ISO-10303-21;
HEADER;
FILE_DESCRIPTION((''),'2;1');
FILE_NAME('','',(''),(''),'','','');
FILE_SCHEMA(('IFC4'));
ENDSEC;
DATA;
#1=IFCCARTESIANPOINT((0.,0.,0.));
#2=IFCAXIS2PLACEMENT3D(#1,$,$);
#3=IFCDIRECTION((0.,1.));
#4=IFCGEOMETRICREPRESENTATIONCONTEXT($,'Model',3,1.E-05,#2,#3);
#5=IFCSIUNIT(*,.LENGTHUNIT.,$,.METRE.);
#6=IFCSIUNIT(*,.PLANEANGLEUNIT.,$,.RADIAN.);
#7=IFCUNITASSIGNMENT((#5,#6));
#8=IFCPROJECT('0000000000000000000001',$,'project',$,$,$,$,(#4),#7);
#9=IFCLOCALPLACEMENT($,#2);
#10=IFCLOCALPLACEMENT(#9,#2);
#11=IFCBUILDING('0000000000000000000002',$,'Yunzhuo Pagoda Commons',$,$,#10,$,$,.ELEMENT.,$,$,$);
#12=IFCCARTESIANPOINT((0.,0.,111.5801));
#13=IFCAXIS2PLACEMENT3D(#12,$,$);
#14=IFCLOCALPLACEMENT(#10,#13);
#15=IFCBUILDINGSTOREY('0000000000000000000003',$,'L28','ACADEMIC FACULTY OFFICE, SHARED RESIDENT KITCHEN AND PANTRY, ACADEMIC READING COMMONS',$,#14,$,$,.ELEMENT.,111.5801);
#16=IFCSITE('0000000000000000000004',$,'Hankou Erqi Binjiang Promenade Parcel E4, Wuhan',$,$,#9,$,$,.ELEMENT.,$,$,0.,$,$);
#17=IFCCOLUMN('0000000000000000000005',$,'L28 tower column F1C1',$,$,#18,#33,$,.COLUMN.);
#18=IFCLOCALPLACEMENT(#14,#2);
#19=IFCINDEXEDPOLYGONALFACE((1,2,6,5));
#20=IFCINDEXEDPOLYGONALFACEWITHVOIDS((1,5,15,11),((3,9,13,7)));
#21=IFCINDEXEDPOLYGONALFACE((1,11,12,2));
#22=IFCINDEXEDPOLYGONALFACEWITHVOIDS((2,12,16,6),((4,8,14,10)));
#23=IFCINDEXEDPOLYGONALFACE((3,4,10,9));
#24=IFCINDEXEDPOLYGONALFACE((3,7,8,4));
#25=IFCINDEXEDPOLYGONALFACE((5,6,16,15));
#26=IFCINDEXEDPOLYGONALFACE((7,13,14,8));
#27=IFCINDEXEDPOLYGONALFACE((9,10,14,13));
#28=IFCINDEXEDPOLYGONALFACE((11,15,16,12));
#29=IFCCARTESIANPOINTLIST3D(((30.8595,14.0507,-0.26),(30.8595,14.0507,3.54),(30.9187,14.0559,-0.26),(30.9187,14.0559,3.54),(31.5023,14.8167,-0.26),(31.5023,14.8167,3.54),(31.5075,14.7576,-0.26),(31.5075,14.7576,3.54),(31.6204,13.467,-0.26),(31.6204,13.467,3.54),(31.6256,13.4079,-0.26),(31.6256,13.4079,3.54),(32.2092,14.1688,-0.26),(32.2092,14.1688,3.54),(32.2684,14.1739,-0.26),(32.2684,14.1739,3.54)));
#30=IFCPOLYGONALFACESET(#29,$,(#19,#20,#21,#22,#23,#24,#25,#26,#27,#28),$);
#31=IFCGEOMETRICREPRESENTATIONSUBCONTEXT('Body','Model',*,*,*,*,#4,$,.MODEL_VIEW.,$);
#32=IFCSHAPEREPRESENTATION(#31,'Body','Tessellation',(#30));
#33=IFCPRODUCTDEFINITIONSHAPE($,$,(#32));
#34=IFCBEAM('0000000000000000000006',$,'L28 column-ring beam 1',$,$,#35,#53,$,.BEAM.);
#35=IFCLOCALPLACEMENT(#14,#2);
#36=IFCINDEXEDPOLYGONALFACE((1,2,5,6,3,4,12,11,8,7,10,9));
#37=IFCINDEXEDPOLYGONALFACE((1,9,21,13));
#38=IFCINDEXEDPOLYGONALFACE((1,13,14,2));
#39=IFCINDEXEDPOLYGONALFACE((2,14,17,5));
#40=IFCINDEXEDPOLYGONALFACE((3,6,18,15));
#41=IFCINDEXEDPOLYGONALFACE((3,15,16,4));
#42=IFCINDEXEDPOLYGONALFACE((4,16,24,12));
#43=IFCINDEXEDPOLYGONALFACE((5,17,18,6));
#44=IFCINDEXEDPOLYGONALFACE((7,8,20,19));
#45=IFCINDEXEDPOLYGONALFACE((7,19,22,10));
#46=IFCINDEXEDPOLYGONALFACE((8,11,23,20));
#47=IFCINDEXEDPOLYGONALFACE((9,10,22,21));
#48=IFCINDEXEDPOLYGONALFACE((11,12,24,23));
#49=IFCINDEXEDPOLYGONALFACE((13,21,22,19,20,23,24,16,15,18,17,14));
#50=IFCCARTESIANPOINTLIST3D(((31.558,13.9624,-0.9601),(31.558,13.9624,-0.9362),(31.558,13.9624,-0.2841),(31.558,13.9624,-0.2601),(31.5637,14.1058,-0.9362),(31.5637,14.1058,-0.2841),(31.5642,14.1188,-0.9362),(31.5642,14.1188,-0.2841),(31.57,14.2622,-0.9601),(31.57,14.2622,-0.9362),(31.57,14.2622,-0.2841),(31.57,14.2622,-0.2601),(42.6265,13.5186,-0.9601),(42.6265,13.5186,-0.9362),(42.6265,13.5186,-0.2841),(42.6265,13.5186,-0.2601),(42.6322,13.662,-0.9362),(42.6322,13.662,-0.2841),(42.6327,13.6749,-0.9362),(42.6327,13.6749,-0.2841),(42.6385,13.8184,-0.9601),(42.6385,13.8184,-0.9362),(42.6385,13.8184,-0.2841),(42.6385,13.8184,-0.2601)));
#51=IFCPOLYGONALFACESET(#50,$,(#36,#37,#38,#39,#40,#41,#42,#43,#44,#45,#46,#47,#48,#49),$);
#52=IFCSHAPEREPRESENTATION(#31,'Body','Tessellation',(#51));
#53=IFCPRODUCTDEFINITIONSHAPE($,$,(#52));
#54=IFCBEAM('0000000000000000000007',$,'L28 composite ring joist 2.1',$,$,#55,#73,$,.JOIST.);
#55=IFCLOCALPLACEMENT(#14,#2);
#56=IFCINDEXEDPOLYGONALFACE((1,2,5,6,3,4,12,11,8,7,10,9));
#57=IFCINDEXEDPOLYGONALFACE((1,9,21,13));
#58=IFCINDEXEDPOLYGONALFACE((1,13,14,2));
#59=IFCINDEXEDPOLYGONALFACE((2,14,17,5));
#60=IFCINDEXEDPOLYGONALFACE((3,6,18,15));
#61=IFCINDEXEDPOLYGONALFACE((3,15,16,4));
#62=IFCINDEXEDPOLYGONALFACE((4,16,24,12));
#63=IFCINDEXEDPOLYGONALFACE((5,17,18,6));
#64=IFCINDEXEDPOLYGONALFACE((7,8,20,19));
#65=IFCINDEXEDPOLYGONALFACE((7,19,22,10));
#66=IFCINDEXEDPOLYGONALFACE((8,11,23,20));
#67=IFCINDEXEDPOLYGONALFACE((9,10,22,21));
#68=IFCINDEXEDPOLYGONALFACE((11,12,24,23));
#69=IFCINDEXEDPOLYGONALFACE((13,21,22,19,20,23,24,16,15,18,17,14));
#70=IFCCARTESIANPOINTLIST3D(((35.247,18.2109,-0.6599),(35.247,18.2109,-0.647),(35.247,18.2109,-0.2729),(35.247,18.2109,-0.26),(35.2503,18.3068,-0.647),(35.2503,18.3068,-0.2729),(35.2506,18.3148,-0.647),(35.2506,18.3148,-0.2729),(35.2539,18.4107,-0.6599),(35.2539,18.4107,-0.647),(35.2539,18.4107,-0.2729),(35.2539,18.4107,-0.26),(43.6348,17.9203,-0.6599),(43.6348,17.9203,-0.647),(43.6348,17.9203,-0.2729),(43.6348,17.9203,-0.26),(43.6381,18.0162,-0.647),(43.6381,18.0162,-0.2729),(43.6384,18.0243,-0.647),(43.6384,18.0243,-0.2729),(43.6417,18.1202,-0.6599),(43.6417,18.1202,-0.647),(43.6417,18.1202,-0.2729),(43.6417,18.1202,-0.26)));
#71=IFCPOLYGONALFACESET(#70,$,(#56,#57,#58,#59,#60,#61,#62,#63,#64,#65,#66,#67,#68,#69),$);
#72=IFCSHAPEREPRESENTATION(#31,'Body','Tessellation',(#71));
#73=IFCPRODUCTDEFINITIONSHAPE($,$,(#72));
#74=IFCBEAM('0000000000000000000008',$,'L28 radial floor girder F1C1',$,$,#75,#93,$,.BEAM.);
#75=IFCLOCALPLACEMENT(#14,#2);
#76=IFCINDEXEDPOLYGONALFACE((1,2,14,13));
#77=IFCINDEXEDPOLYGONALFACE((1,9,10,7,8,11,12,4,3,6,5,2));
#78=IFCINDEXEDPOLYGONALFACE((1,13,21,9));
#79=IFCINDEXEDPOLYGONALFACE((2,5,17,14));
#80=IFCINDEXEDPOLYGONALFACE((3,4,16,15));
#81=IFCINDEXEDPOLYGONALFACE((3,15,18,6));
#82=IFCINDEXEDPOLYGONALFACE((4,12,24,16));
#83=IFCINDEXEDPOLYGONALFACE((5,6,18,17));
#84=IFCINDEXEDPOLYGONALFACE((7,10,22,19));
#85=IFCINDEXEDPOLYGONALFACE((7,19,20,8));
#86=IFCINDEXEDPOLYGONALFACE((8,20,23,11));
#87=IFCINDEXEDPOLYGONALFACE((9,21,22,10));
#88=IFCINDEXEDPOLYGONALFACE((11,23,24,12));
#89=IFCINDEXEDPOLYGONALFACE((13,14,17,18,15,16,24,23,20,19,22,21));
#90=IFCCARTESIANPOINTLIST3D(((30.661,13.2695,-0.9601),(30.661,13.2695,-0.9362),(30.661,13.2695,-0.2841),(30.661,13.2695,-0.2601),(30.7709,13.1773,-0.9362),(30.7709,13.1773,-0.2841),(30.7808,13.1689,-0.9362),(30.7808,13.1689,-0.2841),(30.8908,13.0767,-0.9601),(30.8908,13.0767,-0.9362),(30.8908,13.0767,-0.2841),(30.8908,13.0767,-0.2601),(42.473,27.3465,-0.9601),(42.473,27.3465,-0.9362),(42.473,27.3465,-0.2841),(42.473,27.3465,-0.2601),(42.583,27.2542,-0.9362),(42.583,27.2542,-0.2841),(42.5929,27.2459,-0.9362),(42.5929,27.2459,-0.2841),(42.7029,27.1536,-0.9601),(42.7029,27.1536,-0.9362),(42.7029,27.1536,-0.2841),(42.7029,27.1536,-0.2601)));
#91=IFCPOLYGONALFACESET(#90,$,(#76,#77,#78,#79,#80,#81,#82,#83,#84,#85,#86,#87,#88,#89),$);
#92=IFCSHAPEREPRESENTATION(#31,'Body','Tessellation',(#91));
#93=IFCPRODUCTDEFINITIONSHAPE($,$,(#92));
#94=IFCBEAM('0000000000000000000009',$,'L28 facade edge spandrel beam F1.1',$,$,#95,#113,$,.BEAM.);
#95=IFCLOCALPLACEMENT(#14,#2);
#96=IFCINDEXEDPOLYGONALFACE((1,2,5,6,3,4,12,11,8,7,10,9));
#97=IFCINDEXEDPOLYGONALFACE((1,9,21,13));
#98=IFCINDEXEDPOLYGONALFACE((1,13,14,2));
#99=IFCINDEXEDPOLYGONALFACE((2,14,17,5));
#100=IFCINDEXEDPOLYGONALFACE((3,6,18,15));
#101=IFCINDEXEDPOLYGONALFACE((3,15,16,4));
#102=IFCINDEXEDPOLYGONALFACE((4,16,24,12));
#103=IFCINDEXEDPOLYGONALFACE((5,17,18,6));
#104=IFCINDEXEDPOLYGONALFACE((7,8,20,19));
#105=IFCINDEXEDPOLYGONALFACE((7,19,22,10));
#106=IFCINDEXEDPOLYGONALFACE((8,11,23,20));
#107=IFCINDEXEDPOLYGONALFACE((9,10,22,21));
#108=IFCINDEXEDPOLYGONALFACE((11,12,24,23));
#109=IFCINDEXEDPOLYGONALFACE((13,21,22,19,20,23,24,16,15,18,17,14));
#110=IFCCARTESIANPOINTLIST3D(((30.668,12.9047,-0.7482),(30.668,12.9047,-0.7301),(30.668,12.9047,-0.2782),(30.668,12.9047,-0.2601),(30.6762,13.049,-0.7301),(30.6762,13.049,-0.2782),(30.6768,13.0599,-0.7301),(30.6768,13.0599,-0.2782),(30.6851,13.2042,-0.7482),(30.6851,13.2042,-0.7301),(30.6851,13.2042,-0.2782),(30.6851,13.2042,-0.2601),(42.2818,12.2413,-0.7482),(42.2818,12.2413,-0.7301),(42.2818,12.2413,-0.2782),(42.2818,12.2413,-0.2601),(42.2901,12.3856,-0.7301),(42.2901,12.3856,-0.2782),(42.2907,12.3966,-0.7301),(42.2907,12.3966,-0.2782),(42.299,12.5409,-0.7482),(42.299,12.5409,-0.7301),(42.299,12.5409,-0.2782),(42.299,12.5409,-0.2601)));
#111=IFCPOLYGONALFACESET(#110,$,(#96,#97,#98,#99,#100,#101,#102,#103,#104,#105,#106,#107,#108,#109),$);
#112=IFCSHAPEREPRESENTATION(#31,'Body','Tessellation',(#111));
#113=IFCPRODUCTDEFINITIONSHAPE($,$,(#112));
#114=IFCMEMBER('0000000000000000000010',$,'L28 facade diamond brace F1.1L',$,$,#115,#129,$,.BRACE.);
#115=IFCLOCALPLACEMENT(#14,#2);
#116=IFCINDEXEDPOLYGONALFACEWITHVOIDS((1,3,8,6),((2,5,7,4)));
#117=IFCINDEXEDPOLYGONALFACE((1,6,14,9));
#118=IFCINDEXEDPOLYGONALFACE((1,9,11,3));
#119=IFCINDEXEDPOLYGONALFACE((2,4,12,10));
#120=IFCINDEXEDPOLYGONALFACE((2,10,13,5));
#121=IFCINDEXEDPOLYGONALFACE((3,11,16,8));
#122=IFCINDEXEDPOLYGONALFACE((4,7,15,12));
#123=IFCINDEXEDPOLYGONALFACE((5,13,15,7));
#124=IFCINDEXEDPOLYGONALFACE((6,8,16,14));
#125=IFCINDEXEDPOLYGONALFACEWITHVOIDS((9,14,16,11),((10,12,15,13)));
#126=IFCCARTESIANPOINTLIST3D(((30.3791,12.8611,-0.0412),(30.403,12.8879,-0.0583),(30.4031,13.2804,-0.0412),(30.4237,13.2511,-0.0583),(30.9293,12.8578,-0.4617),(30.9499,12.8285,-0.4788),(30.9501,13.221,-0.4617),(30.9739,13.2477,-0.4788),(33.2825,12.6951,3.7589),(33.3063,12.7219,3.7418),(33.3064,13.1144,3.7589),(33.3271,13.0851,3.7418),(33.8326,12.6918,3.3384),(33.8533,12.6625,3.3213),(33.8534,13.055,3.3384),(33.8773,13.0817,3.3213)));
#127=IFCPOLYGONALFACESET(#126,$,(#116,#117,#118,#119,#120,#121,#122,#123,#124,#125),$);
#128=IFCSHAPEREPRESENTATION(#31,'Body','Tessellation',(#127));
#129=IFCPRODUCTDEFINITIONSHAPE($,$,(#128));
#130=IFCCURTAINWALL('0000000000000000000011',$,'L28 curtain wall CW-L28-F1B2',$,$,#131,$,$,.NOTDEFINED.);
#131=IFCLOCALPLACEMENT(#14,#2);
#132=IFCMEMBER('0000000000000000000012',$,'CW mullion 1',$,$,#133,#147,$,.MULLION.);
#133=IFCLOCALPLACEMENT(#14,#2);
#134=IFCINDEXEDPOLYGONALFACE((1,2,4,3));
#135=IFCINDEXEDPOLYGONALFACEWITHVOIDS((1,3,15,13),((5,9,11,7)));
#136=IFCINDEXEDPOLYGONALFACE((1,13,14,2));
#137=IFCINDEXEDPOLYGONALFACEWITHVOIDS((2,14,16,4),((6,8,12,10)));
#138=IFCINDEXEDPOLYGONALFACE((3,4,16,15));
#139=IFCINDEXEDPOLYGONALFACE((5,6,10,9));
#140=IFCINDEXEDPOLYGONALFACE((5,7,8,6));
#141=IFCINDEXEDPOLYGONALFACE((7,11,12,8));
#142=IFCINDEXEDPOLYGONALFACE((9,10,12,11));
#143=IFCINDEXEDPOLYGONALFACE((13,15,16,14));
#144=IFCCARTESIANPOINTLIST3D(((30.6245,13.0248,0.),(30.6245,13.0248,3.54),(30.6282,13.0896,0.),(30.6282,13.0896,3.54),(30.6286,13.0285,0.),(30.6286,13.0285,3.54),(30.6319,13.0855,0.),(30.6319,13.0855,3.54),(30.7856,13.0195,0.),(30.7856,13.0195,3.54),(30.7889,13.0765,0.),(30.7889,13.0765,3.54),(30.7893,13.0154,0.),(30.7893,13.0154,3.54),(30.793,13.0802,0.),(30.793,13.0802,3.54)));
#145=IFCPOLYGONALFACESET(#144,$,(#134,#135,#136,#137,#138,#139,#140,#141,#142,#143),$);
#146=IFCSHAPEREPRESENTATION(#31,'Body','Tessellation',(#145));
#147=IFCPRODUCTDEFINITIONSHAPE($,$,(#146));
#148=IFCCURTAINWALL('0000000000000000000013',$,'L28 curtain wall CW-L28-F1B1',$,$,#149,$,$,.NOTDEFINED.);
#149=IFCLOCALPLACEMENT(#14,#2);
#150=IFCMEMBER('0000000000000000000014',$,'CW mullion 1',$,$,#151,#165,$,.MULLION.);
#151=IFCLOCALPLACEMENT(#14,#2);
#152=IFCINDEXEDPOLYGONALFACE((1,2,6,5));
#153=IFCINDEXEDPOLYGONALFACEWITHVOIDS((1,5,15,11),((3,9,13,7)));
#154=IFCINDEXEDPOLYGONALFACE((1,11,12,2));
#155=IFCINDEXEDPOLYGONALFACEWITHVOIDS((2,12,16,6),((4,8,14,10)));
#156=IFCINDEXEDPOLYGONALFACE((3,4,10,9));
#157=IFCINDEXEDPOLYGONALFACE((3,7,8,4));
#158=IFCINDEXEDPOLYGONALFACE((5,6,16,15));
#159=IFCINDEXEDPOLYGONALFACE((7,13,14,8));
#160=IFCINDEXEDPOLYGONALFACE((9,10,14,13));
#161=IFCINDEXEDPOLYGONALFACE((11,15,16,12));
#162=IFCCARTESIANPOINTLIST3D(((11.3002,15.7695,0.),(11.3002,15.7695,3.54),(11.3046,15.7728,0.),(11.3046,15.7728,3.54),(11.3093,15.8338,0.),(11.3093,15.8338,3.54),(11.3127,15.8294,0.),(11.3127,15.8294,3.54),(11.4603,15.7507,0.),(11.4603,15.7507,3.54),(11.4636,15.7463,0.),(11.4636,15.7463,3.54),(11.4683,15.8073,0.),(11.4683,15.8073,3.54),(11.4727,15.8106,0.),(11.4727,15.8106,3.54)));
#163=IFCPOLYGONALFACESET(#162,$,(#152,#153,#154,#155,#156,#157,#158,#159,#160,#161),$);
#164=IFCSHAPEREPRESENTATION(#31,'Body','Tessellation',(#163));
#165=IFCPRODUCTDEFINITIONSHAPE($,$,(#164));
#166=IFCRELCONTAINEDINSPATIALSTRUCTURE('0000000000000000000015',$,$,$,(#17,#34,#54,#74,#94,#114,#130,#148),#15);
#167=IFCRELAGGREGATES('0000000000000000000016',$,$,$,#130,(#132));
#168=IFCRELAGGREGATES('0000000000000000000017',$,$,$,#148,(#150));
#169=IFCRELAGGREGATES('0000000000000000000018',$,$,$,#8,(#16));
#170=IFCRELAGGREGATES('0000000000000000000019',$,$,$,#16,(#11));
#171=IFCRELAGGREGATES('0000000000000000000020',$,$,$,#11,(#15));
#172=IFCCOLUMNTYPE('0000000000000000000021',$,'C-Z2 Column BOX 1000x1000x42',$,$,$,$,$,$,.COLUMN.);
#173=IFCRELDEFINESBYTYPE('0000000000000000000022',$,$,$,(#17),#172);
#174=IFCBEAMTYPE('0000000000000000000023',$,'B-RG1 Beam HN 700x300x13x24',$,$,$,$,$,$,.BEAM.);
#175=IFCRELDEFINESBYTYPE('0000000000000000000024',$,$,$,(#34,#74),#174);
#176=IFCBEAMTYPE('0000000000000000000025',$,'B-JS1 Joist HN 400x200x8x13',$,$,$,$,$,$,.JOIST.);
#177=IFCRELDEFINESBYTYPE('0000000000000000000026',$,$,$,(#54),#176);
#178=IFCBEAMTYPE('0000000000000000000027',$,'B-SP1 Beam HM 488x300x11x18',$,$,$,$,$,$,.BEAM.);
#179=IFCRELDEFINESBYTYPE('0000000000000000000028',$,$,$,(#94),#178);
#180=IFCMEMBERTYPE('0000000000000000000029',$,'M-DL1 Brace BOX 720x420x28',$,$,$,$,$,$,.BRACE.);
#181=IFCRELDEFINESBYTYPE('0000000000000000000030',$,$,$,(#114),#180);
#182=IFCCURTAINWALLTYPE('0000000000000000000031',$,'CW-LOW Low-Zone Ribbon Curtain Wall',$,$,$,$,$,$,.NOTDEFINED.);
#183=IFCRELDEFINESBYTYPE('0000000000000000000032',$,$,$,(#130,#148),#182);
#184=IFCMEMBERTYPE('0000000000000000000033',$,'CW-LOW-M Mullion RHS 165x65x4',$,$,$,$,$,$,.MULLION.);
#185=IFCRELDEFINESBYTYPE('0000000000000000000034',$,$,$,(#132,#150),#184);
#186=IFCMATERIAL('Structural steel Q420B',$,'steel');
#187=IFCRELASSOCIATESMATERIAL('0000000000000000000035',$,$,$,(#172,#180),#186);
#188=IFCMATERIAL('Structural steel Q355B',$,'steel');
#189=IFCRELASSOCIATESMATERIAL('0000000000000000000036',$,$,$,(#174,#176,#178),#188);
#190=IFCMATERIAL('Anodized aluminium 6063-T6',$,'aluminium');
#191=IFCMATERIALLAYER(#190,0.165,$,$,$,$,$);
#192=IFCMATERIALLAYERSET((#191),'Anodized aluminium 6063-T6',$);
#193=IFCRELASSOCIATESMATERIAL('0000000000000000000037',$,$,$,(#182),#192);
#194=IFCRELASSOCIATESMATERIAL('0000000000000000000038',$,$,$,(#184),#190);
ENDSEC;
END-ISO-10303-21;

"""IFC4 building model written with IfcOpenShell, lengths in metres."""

from ifc_helpers import new_model, si_unit, direction, frame, origin, origin_2d, place, context, subcontext, project, spatial, hollow_rectangle, i_section, extrude, source, transform, mapped, material, layer, layer_set, material_profile, profile_set, type_object, element, aggregate, save


model = new_model("IFC4")

# Units and contexts
model_context = context("Model", 3, precision=1e-05, world=origin(), true_north=direction((0.0, 1.0)))
body_context = subcontext(model_context, "Body", "Model", "MODEL_VIEW")
ifc_project = project(units=[si_unit("LENGTHUNIT", "METRE"), si_unit("PLANEANGLEUNIT", "RADIAN")], contexts=[model_context])

# Site, building, storey
site_placement = place(None, origin())
site = spatial("IfcSite", under=ifc_project, at=site_placement, Name="Hankou Erqi Binjiang Promenade Parcel E4, Wuhan", CompositionType="ELEMENT", RefElevation=0.0)
building_placement = place(site_placement, origin())
building = spatial("IfcBuilding", under=site, at=building_placement, Name="Yunzhuo Pagoda Commons", CompositionType="ELEMENT")
storey_placement = place(building_placement, frame((0.0, 0.0, 111.5801)))
storey = spatial("IfcBuildingStorey", under=building, at=storey_placement, Name="L28", Description="ACADEMIC FACULTY OFFICE, SHARED RESIDENT KITCHEN AND PANTRY, ACADEMIC READING COMMONS", CompositionType="ELEMENT", Elevation=111.5801)

# Column
ifc_material_1 = material(Name="Structural steel Q420B", Category="steel")
ifc_material_profile_1 = material_profile(ifc_material_1, hollow_rectangle(XDim=1.0, YDim=1.0, WallThickness=0.042, at=origin_2d()), Name="Structural steel Q420B")
ifc_profile_set_1 = profile_set([ifc_material_profile_1], Name="Structural steel Q420B")
column_type = type_object("IfcColumnType", Name="C-Z2 Column BOX 1000x1000x42", PredefinedType="COLUMN", material=ifc_profile_set_1)
shared_shape_1 = source(origin(), body_context, "Body", "SweptSolid", [
    extrude(hollow_rectangle(XDim=1.0, YDim=1.0, WallThickness=0.042, at=origin_2d()), origin(), (0.0, 0.0, 1.0), 3.8),
])
column_placement = place(storey_placement, frame((31.564, 14.1123, -0.26), z_axis=(0.0, 0.0, 1.0), x_axis=(0.766044, -0.642788, 0.0)))
element("IfcColumn", 1, at=column_placement, inside=storey, type_object=column_type, Name="L28 tower column F1C1", PredefinedType="COLUMN", context=body_context, shape_type="MappedRepresentation", body=[
    mapped(shared_shape_1, transform((0.0, 0.0, 0.0), scale=1.0)),
])

# Beams
ifc_material_2 = material(Name="Structural steel Q355B", Category="steel")
ifc_material_profile_2 = material_profile(ifc_material_2, i_section(OverallWidth=0.3, OverallDepth=0.7, WebThickness=0.0129, FlangeThickness=0.0239, at=origin_2d()), Name="Structural steel Q355B")
ifc_profile_set_2 = profile_set([ifc_material_profile_2], Name="Structural steel Q355B")
beam_type_1 = type_object("IfcBeamType", Name="B-RG1 Beam HN 700x300x13x24", PredefinedType="BEAM", material=ifc_profile_set_2)
shared_shape_2 = source(origin(), body_context, "Body", "SweptSolid", [
    extrude(i_section(OverallWidth=0.3, OverallDepth=0.7, WebThickness=0.0129, FlangeThickness=0.0239, at=origin_2d()), origin(), (0.0, 0.0, 1.0), 11.0774),
])
beam_1_placement = place(storey_placement, frame((31.564, 14.1123, -0.6101), z_axis=(0.999197, -0.040067, 0.0), x_axis=(0.040067, 0.999197, 0.0)))
element("IfcBeam", 2, at=beam_1_placement, inside=storey, type_object=beam_type_1, Name="L28 column-ring beam 1", PredefinedType="BEAM", context=body_context, shape_type="MappedRepresentation", body=[
    mapped(shared_shape_2, transform((0.0, 0.0, 0.0), scale=1.0)),
])
ifc_material_profile_3 = material_profile(ifc_material_2, i_section(OverallWidth=0.2, OverallDepth=0.3999, WebThickness=0.0081, FlangeThickness=0.0129, at=origin_2d()), Name="Structural steel Q355B")
ifc_profile_set_3 = profile_set([ifc_material_profile_3], Name="Structural steel Q355B")
beam_type_2 = type_object("IfcBeamType", Name="B-JS1 Joist HN 400x200x8x13", PredefinedType="JOIST", material=ifc_profile_set_3)
shared_shape_3 = source(origin(), body_context, "Body", "SweptSolid", [
    extrude(i_section(OverallWidth=0.2, OverallDepth=0.3999, WebThickness=0.0081, FlangeThickness=0.0129, at=origin_2d()), origin(), (0.0, 0.0, 1.0), 8.3928),
])
beam_2_placement = place(storey_placement, frame((35.2505, 18.3108, -0.46), z_axis=(0.999401, -0.034617, 0.0), x_axis=(0.034617, 0.999401, 0.0)))
element("IfcBeam", 3, at=beam_2_placement, inside=storey, type_object=beam_type_2, Name="L28 composite ring joist 2.1", PredefinedType="JOIST", context=body_context, shape_type="MappedRepresentation", body=[
    mapped(shared_shape_3, transform((0.0, 0.0, 0.0), scale=1.0)),
])
shared_shape_4 = source(origin(), body_context, "Body", "SweptSolid", [
    extrude(i_section(OverallWidth=0.3, OverallDepth=0.7, WebThickness=0.0129, FlangeThickness=0.0239, at=origin_2d()), origin(), (0.0, 0.0, 1.0), 18.3762),
])
beam_3_placement = place(storey_placement, frame((30.7759, 13.1731, -0.6101), z_axis=(0.64279, 0.766042, 0.0), x_axis=(-0.766042, 0.64279, 0.0)))
element("IfcBeam", 4, at=beam_3_placement, inside=storey, type_object=beam_type_1, Name="L28 radial floor girder F1C1", PredefinedType="BEAM", context=body_context, shape_type="MappedRepresentation", body=[
    mapped(shared_shape_4, transform((0.0, 0.0, 0.0), scale=1.0)),
])
ifc_material_profile_4 = material_profile(ifc_material_2, i_section(OverallWidth=0.3, OverallDepth=0.488, WebThickness=0.011, FlangeThickness=0.0181, at=origin_2d()), Name="Structural steel Q355B")
ifc_profile_set_4 = profile_set([ifc_material_profile_4], Name="Structural steel Q355B")
beam_type_3 = type_object("IfcBeamType", Name="B-SP1 Beam HM 488x300x11x18", PredefinedType="BEAM", material=ifc_profile_set_4)
shared_shape_5 = source(origin(), body_context, "Body", "SweptSolid", [
    extrude(i_section(OverallWidth=0.3, OverallDepth=0.488, WebThickness=0.011, FlangeThickness=0.0181, at=origin_2d()), origin(), (0.0, 0.0, 1.0), 11.6328),
])
beam_4_placement = place(storey_placement, frame((30.6765, 13.0544, -0.5042), z_axis=(0.998373, -0.057023, 0.0), x_axis=(0.057023, 0.998373, 0.0)))
element("IfcBeam", 5, at=beam_4_placement, inside=storey, type_object=beam_type_3, Name="L28 facade edge spandrel beam F1.1", PredefinedType="BEAM", context=body_context, shape_type="MappedRepresentation", body=[
    mapped(shared_shape_5, transform((0.0, 0.0, 0.0), scale=1.0)),
])

# Member
ifc_material_profile_5 = material_profile(ifc_material_1, hollow_rectangle(XDim=0.4199, YDim=0.72, WallThickness=0.0281, at=origin_2d()), Name="Structural steel Q420B")
ifc_profile_set_5 = profile_set([ifc_material_profile_5], Name="Structural steel Q420B")
member_type_1 = type_object("IfcMemberType", Name="M-DL1 Brace BOX 720x420x28", PredefinedType="BRACE", material=ifc_profile_set_5)
shared_shape_6 = source(origin(), body_context, "Body", "SweptSolid", [
    extrude(hollow_rectangle(XDim=0.4199, YDim=0.72, WallThickness=0.0281, at=origin_2d()), origin(), (0.0, 0.0, 1.0), 4.7852),
])
member_1_placement = place(storey_placement, frame((30.6765, 13.0544, -0.26), z_axis=(0.606742, -0.034694, 0.794142), x_axis=(0.057088, 0.998369, 0.0)))
element("IfcMember", 6, at=member_1_placement, inside=storey, type_object=member_type_1, Name="L28 facade diamond brace F1.1L", PredefinedType="BRACE", context=body_context, shape_type="MappedRepresentation", body=[
    mapped(shared_shape_6, transform((0.0, 0.0, 0.0), scale=1.0)),
])

# Curtain wall, member
ifc_material_3 = material(Name="Anodized aluminium 6063-T6", Category="aluminium")
ifc_layer_1 = layer(ifc_material_3, 0.165)
ifc_layer_set_1 = layer_set([ifc_layer_1], Name="Anodized aluminium 6063-T6")
curtain_wall_type_1 = type_object("IfcCurtainWallType", Name="CW-LOW Low-Zone Ribbon Curtain Wall", PredefinedType="NOTDEFINED", material=ifc_layer_set_1)
curtain_wall_1_placement = place(storey_placement, origin())
curtain_wall_1 = element("IfcCurtainWall", 7, at=curtain_wall_1_placement, inside=storey, type_object=curtain_wall_type_1, Name="L28 curtain wall CW-L28-F1B2", PredefinedType="NOTDEFINED")
ifc_material_profile_6 = material_profile(ifc_material_3, hollow_rectangle(XDim=0.0649, YDim=0.165, WallThickness=0.0039, at=origin_2d()), Name="Anodized aluminium 6063-T6")
ifc_profile_set_6 = profile_set([ifc_material_profile_6], Name="Anodized aluminium 6063-T6")
member_type_2 = type_object("IfcMemberType", Name="CW-LOW-M Mullion RHS 165x65x4", PredefinedType="MULLION", material=ifc_profile_set_6)
shared_shape_7 = source(origin(), body_context, "Body", "SweptSolid", [
    extrude(hollow_rectangle(XDim=0.0649, YDim=0.165, WallThickness=0.0039, at=origin_2d()), origin(), (0.0, 0.0, 1.0), 3.54),
])
member_2_placement = place(storey_placement, frame((30.7087, 13.0525, 0.0), z_axis=(0.0, 0.0, 1.0), x_axis=(0.057028, 0.998373, 0.0)))
member_2 = element("IfcMember", 8, at=member_2_placement, type_object=member_type_2, Name="CW mullion 1", PredefinedType="MULLION", context=body_context, shape_type="MappedRepresentation", body=[
    mapped(shared_shape_7, transform((0.0, 0.0, 0.0), scale=1.0)),
])

# Curtain wall, member
curtain_wall_2_placement = place(storey_placement, origin())
curtain_wall_2 = element("IfcCurtainWall", 9, at=curtain_wall_2_placement, inside=storey, type_object=curtain_wall_type_1, Name="L28 curtain wall CW-L28-F1B1", PredefinedType="NOTDEFINED")
member_3_placement = place(storey_placement, frame((11.3865, 15.79, 0.0), z_axis=(0.0, 0.0, 1.0), x_axis=(0.140408, 0.990094, 0.0)))
member_3 = element("IfcMember", 10, at=member_3_placement, type_object=member_type_2, Name="CW mullion 1", PredefinedType="MULLION", context=body_context, shape_type="MappedRepresentation", body=[
    mapped(shared_shape_7, transform((0.0, 0.0, 0.0), scale=1.0)),
])

aggregate(curtain_wall_1, [member_2])

aggregate(curtain_wall_2, [member_3])

save(model, "model.ifc")
